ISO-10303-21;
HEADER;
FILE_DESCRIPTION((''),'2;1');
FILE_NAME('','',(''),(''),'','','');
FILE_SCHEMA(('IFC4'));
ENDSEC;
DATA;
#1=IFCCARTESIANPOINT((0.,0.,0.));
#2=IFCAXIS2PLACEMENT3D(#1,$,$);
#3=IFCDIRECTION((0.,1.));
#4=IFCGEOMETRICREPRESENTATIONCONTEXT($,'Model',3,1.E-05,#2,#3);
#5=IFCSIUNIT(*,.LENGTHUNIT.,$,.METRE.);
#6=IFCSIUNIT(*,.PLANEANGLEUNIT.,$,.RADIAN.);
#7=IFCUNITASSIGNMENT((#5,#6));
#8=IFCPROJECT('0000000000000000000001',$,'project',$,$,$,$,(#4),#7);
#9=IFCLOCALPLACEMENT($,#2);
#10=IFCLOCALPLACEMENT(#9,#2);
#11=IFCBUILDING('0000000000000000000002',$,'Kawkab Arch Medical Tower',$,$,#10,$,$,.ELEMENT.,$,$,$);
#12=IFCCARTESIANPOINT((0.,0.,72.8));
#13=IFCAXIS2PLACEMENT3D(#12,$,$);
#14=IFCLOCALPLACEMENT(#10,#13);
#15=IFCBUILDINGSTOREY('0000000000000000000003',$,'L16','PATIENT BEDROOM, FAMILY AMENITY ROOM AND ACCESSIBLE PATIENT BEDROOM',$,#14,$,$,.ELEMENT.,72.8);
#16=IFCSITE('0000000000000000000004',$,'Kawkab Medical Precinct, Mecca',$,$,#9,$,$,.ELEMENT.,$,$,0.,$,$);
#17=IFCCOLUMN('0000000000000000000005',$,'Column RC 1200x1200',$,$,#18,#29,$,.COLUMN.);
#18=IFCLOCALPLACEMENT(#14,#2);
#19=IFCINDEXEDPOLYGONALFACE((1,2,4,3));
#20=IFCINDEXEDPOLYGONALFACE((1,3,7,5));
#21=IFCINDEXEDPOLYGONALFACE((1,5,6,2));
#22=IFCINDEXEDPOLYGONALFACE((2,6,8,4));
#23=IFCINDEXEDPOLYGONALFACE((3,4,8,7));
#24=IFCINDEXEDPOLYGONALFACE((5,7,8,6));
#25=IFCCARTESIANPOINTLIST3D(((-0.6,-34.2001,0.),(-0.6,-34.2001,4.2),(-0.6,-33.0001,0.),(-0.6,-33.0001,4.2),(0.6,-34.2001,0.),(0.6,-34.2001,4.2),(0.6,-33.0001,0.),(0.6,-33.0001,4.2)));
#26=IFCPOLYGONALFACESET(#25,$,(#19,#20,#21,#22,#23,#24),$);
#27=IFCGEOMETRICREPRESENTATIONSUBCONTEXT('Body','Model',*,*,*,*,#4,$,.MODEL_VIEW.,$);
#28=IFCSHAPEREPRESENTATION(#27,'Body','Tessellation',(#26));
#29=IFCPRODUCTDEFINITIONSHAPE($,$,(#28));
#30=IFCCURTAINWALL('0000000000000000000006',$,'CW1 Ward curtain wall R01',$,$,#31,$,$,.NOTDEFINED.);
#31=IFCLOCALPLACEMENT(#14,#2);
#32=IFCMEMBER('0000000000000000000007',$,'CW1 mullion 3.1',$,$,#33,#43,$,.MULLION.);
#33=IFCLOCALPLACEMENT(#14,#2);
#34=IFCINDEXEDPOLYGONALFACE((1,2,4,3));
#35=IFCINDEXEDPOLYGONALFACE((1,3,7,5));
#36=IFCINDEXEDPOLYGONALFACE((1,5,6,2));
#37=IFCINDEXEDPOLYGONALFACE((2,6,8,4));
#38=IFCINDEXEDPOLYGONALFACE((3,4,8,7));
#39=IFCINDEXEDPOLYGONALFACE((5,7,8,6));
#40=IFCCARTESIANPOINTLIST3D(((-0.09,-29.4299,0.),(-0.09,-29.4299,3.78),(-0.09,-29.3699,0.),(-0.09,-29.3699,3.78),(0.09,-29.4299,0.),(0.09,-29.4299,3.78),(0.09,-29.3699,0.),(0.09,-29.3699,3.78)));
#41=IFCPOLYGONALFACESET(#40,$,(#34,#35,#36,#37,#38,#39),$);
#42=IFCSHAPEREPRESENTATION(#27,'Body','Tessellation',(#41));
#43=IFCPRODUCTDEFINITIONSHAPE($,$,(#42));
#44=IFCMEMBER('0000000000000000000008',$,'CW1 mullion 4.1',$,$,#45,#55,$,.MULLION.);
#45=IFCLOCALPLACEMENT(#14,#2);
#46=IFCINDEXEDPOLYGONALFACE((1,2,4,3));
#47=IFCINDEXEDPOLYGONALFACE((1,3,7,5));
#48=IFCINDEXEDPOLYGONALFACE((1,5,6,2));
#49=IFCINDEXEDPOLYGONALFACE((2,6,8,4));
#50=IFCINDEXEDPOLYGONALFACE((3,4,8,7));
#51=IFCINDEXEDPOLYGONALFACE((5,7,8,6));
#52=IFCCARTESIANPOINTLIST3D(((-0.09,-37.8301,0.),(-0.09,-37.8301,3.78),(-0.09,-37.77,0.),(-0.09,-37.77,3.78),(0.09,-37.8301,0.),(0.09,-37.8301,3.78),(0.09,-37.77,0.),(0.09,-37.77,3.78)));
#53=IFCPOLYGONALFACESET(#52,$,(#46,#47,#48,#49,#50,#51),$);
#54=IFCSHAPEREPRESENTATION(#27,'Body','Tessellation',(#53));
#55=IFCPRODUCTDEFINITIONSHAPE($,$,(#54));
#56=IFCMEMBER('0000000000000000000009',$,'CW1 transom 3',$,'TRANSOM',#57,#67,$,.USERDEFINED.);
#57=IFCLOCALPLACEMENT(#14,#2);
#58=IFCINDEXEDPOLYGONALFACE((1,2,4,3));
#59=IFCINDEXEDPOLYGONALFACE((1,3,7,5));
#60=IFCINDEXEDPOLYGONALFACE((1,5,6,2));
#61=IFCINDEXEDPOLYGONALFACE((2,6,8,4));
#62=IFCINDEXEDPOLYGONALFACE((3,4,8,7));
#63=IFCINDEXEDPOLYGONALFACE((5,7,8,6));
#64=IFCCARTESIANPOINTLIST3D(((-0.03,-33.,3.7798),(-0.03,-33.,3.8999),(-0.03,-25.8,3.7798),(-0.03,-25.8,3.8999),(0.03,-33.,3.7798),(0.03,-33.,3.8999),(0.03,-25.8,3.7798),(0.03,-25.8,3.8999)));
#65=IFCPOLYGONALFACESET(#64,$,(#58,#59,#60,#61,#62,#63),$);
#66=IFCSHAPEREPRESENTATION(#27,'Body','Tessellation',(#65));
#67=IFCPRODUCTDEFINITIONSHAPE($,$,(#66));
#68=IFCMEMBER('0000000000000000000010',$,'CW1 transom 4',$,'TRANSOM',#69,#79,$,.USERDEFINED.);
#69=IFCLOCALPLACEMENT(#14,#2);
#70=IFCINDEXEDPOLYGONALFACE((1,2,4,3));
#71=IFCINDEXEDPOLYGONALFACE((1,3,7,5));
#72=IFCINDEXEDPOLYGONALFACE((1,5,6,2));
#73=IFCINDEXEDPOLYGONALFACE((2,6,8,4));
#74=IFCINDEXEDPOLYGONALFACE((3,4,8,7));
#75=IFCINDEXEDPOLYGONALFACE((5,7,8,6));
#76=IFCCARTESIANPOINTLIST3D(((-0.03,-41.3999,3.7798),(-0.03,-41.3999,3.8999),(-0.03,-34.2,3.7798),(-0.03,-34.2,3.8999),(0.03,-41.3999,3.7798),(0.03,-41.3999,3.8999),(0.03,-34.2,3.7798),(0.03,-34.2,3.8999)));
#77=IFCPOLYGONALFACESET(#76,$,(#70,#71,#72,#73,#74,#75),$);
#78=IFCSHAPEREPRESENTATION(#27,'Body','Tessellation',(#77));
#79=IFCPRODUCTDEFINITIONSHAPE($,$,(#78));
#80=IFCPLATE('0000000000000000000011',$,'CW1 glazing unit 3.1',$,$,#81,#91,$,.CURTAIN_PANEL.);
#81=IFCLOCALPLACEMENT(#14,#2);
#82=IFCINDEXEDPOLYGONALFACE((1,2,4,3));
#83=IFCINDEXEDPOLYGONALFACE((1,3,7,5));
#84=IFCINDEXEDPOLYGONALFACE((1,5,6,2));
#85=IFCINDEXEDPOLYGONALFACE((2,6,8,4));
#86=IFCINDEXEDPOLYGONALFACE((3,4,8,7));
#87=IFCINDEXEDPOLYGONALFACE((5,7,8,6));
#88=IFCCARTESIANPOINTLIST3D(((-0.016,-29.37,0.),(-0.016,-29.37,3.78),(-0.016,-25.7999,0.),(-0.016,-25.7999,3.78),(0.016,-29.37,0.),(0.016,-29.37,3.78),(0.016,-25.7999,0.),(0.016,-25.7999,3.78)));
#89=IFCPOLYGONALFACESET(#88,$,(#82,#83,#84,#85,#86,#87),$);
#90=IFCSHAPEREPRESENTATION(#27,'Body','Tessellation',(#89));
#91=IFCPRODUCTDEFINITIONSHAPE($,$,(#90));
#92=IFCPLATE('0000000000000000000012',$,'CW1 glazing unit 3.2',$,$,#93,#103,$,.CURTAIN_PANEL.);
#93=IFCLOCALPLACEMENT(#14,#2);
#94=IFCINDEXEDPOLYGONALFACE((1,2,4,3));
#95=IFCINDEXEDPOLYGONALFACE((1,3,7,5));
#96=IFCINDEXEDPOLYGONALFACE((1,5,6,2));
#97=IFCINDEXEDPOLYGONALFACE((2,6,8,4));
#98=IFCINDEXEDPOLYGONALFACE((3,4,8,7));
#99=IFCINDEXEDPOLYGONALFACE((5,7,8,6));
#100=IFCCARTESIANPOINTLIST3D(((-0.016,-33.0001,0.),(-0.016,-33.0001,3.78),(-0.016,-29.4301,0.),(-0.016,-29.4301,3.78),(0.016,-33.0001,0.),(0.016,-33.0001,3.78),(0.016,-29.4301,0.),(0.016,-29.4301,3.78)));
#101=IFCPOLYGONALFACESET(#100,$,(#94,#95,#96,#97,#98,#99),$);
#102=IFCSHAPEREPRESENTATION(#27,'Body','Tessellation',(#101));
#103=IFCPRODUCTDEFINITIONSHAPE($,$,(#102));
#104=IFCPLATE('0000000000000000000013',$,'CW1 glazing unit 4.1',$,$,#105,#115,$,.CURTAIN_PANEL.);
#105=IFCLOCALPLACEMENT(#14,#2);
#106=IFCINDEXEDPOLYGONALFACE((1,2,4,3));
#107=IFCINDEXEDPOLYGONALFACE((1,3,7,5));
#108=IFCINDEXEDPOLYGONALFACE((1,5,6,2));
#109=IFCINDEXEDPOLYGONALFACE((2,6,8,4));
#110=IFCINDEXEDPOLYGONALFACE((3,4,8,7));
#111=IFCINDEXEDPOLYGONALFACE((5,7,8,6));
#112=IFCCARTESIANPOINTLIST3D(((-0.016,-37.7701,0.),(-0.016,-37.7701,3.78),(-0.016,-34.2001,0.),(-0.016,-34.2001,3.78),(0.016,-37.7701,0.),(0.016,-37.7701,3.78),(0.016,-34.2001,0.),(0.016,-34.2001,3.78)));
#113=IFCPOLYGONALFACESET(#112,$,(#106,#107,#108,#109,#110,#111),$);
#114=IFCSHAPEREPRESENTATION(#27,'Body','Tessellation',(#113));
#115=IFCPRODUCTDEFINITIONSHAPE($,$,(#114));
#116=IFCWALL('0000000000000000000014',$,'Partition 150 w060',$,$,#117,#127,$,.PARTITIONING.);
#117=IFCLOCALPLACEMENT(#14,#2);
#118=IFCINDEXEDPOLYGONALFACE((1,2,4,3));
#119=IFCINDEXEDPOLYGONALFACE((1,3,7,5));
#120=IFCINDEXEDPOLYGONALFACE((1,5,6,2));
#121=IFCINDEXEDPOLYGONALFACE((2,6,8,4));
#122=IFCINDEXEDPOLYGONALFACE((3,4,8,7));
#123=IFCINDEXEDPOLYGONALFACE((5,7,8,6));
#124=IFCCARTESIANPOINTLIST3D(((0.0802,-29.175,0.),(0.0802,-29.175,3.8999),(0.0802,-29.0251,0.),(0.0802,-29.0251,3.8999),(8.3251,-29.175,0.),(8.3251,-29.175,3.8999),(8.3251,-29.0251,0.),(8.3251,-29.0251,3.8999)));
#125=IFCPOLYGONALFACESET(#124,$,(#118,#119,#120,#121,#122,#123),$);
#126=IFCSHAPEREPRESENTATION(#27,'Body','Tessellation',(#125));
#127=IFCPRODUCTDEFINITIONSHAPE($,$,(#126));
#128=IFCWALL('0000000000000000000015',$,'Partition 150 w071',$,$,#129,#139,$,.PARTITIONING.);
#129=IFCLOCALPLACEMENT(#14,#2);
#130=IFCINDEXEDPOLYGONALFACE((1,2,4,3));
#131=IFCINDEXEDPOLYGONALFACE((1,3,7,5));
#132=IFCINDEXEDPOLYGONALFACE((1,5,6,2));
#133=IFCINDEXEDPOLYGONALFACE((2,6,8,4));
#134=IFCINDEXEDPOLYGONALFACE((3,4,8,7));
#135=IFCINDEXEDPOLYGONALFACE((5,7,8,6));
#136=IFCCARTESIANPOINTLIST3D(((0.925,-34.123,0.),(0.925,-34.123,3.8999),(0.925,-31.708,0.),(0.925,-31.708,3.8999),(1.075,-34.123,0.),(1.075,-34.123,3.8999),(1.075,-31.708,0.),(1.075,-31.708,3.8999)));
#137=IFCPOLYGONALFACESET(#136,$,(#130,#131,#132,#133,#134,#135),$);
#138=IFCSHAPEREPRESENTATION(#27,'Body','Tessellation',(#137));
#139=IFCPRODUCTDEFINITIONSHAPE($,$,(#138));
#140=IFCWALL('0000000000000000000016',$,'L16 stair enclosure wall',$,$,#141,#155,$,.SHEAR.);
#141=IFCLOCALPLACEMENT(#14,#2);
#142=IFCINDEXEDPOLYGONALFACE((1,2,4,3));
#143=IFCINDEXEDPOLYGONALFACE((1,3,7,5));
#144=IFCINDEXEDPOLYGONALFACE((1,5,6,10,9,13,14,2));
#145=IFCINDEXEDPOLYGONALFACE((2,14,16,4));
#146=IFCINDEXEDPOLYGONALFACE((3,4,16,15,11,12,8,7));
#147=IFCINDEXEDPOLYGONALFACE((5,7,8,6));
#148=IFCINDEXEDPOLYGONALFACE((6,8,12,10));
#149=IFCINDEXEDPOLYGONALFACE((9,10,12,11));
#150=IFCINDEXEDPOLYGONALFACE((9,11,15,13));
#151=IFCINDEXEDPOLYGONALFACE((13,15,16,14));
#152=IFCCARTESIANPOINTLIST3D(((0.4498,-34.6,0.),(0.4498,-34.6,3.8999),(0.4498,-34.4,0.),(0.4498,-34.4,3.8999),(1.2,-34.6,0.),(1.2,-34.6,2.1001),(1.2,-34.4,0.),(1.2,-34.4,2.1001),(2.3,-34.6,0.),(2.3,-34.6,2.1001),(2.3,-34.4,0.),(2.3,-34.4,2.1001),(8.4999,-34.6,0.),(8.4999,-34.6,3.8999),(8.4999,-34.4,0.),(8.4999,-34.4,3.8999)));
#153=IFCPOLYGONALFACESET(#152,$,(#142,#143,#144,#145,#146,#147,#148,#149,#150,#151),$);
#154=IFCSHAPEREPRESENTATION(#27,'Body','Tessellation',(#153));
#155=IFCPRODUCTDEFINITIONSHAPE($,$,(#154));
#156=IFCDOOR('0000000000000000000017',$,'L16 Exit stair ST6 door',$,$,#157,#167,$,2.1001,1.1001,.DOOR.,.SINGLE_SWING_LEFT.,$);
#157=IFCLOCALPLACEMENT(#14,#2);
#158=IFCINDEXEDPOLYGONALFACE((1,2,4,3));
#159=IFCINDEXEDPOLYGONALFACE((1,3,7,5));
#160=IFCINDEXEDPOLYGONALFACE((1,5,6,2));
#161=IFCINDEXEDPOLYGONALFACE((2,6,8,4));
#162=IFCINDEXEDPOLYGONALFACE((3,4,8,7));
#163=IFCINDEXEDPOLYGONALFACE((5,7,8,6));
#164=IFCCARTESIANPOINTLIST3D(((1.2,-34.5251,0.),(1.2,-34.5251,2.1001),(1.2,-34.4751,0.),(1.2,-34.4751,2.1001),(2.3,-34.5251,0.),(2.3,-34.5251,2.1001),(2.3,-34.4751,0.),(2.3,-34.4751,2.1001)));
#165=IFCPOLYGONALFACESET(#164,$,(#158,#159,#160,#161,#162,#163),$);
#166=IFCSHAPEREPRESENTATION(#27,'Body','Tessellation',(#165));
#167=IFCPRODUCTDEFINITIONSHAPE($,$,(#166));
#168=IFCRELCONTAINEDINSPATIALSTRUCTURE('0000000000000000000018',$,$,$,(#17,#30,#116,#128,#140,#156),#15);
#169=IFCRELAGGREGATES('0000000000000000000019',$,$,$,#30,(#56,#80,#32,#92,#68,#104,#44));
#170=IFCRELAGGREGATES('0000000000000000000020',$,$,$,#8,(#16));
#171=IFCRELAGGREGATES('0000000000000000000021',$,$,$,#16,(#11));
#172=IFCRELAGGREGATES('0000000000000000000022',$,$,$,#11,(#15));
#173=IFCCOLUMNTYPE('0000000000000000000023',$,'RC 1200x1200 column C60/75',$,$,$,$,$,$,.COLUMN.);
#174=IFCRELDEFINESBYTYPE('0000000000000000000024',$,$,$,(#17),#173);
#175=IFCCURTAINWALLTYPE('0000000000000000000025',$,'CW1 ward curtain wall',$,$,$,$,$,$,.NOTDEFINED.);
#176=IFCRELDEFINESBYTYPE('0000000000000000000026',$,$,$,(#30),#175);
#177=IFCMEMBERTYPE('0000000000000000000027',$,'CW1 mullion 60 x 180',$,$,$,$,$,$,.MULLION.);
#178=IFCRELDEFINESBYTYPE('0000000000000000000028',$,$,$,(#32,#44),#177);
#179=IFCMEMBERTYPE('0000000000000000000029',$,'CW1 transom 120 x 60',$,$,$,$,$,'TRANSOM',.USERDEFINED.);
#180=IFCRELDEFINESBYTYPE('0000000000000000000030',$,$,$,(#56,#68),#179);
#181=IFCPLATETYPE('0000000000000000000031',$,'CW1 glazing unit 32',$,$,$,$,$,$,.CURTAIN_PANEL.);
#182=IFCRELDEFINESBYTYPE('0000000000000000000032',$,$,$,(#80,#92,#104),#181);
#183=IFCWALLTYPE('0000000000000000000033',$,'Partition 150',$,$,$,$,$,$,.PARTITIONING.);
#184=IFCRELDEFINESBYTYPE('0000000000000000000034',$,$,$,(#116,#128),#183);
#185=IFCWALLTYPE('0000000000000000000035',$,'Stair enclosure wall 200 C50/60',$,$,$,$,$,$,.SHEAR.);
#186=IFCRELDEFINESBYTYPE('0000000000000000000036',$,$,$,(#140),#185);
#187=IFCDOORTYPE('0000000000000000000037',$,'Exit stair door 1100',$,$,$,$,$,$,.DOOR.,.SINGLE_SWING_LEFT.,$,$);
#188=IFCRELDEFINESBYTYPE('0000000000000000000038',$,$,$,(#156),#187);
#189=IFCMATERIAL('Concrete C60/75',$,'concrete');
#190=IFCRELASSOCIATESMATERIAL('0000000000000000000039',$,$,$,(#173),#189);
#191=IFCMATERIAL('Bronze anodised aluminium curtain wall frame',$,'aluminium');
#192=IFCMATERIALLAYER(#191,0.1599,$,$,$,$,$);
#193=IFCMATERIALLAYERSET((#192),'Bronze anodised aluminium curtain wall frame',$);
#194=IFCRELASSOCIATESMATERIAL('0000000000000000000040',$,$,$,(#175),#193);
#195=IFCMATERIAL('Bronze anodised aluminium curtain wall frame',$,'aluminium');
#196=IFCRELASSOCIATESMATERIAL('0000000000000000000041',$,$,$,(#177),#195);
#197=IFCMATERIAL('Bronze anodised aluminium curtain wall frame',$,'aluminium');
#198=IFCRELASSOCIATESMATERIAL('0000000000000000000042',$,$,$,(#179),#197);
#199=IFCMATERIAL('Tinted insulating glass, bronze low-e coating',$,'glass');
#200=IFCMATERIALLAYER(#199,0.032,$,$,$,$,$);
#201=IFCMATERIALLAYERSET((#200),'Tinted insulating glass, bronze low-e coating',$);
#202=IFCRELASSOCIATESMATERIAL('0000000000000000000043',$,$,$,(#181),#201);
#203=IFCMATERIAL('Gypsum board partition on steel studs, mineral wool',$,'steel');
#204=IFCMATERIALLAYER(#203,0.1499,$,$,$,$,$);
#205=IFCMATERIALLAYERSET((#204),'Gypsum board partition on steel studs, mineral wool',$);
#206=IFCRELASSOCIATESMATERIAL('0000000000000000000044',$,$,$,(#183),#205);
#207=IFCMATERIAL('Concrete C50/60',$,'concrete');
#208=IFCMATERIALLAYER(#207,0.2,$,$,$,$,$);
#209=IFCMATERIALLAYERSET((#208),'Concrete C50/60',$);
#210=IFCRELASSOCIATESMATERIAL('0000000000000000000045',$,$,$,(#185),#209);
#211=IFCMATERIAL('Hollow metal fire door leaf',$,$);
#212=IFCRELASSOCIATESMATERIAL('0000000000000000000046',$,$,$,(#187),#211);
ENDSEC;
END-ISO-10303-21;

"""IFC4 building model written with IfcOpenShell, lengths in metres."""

from ifc_helpers import new_model, si_unit, direction, frame, frame_2d, origin, origin_2d, place, context, subcontext, project, spatial, rectangle, extrude, material, layer, layer_set, material_profile, profile_set, type_object, element, fill, aggregate, save


model = new_model("IFC4")

# Units and contexts
model_context = context("Model", 3, precision=1e-05, world=origin(), true_north=direction((0.0, 1.0)))
body_context = subcontext(model_context, "Body", "Model", "MODEL_VIEW")
ifc_project = project(units=[si_unit("LENGTHUNIT", "METRE"), si_unit("PLANEANGLEUNIT", "RADIAN")], contexts=[model_context])

# Site, building, storey
site_placement = place(None, origin())
site = spatial("IfcSite", under=ifc_project, at=site_placement, Name="Kawkab Medical Precinct, Mecca", CompositionType="ELEMENT", RefElevation=0.0)
building_placement = place(site_placement, origin())
building = spatial("IfcBuilding", under=site, at=building_placement, Name="Kawkab Arch Medical Tower", CompositionType="ELEMENT")
storey_placement = place(building_placement, frame((0.0, 0.0, 72.8)))
storey = spatial("IfcBuildingStorey", under=building, at=storey_placement, Name="L16", Description="PATIENT BEDROOM, FAMILY AMENITY ROOM AND ACCESSIBLE PATIENT BEDROOM", CompositionType="ELEMENT", Elevation=72.8)

# Column
ifc_material_1 = material(Name="Concrete C60/75", Category="concrete")
ifc_material_profile_1 = material_profile(ifc_material_1, rectangle(XDim=1.2, YDim=1.2, at=origin_2d()), Name="RC 1200x1200")
ifc_profile_set_1 = profile_set([ifc_material_profile_1], Name="Concrete C60/75")
column_type = type_object("IfcColumnType", Name="RC 1200x1200 column C60/75", PredefinedType="COLUMN", material=ifc_profile_set_1)
column_placement = place(storey_placement, frame((0.0, -33.6001, 0.0), z_axis=(0.0, 0.0, 1.0), x_axis=(1.0, 0.0, 0.0)))
element("IfcColumn", 1, at=column_placement, inside=storey, type_object=column_type, Name="Column RC 1200x1200", PredefinedType="COLUMN", context=body_context, shape_type="SweptSolid", body=[
    extrude(rectangle(XDim=1.2, YDim=1.2, at=origin_2d()), origin(), (0.0, 0.0, 1.0), 4.2),
])

# Curtain wall, members, plates
ifc_material_2 = material(Name="Bronze anodised aluminium curtain wall frame", Category="aluminium")
ifc_layer_1 = layer(ifc_material_2, 0.1599)
ifc_layer_set_1 = layer_set([ifc_layer_1], Name="Bronze anodised aluminium curtain wall frame")
curtain_wall_type = type_object("IfcCurtainWallType", Name="CW1 ward curtain wall", PredefinedType="NOTDEFINED", material=ifc_layer_set_1)
curtain_wall_placement = place(storey_placement, origin())
curtain_wall = element("IfcCurtainWall", 2, at=curtain_wall_placement, inside=storey, type_object=curtain_wall_type, Name="CW1 Ward curtain wall R01", PredefinedType="NOTDEFINED")
ifc_material_3 = material(Name="Bronze anodised aluminium curtain wall frame", Category="aluminium")
ifc_material_profile_2 = material_profile(ifc_material_3, rectangle(XDim=0.1799, YDim=0.0601, at=origin_2d()), Name="AL 60x180")
ifc_profile_set_2 = profile_set([ifc_material_profile_2], Name="Bronze anodised aluminium curtain wall frame")
member_type_1 = type_object("IfcMemberType", Name="CW1 mullion 60 x 180", PredefinedType="MULLION", material=ifc_profile_set_2)
member_1_placement = place(storey_placement, frame((0.0, -29.3999, 0.0), z_axis=(0.0, 0.0, 1.0), x_axis=(1.0, 0.0, 0.0)))
member_1 = element("IfcMember", 3, at=member_1_placement, type_object=member_type_1, Name="CW1 mullion 3.1", PredefinedType="MULLION", context=body_context, shape_type="SweptSolid", body=[
    extrude(rectangle(XDim=0.1799, YDim=0.0601, at=origin_2d()), origin(), (0.0, 0.0, 1.0), 3.78),
])
member_2_placement = place(storey_placement, frame((0.0, -37.8, 0.0), z_axis=(0.0, 0.0, 1.0), x_axis=(1.0, 0.0, 0.0)))
member_2 = element("IfcMember", 4, at=member_2_placement, type_object=member_type_1, Name="CW1 mullion 4.1", PredefinedType="MULLION", context=body_context, shape_type="SweptSolid", body=[
    extrude(rectangle(XDim=0.1799, YDim=0.0601, at=origin_2d()), origin(), (0.0, 0.0, 1.0), 3.78),
])
ifc_material_4 = material(Name="Bronze anodised aluminium curtain wall frame", Category="aluminium")
ifc_material_profile_3 = material_profile(ifc_material_4, rectangle(XDim=0.0601, YDim=0.1201, at=origin_2d()), Name="AL 60x120")
ifc_profile_set_3 = profile_set([ifc_material_profile_3], Name="Bronze anodised aluminium curtain wall frame")
member_type_2 = type_object("IfcMemberType", Name="CW1 transom 120 x 60", ElementType="TRANSOM", PredefinedType="USERDEFINED", material=ifc_profile_set_3)
member_3_placement = place(storey_placement, frame((0.0, -25.8, 3.8398), z_axis=(0.0, -1.0, 0.0), x_axis=(1.0, 0.0, 0.0)))
member_3 = element("IfcMember", 5, at=member_3_placement, type_object=member_type_2, Name="CW1 transom 3", ObjectType="TRANSOM", PredefinedType="USERDEFINED", context=body_context, shape_type="SweptSolid", body=[
    extrude(rectangle(XDim=0.0601, YDim=0.1201, at=origin_2d()), origin(), (0.0, 0.0, 1.0), 7.2),
])
member_4_placement = place(storey_placement, frame((0.0, -34.2, 3.8398), z_axis=(0.0, -1.0, 0.0), x_axis=(1.0, 0.0, 0.0)))
member_4 = element("IfcMember", 6, at=member_4_placement, type_object=member_type_2, Name="CW1 transom 4", ObjectType="TRANSOM", PredefinedType="USERDEFINED", context=body_context, shape_type="SweptSolid", body=[
    extrude(rectangle(XDim=0.0601, YDim=0.1201, at=origin_2d()), origin(), (0.0, 0.0, 1.0), 7.2),
])
ifc_material_5 = material(Name="Tinted insulating glass, bronze low-e coating", Category="glass")
ifc_layer_2 = layer(ifc_material_5, 0.032)
ifc_layer_set_2 = layer_set([ifc_layer_2], Name="Tinted insulating glass, bronze low-e coating")
plate_type = type_object("IfcPlateType", Name="CW1 glazing unit 32", PredefinedType="CURTAIN_PANEL", material=ifc_layer_set_2)
plate_1_placement = place(storey_placement, frame((0.0, -27.585, 0.0), z_axis=(0.0, 0.0, 1.0), x_axis=(0.0, -1.0, 0.0)))
plate_1 = element("IfcPlate", 7, at=plate_1_placement, type_object=plate_type, Name="CW1 glazing unit 3.1", PredefinedType="CURTAIN_PANEL", context=body_context, shape_type="SweptSolid", body=[
    extrude(rectangle(XDim=3.5701, YDim=0.032, at=origin_2d()), origin(), (0.0, 0.0, 1.0), 3.78),
])
plate_2_placement = place(storey_placement, frame((0.0, -31.2151, 0.0), z_axis=(0.0, 0.0, 1.0), x_axis=(0.0, -1.0, 0.0)))
plate_2 = element("IfcPlate", 8, at=plate_2_placement, type_object=plate_type, Name="CW1 glazing unit 3.2", PredefinedType="CURTAIN_PANEL", context=body_context, shape_type="SweptSolid", body=[
    extrude(rectangle(XDim=3.5701, YDim=0.032, at=origin_2d()), origin(), (0.0, 0.0, 1.0), 3.78),
])
plate_3_placement = place(storey_placement, frame((0.0, -35.9851, 0.0), z_axis=(0.0, 0.0, 1.0), x_axis=(0.0, -1.0, 0.0)))
plate_3 = element("IfcPlate", 9, at=plate_3_placement, type_object=plate_type, Name="CW1 glazing unit 4.1", PredefinedType="CURTAIN_PANEL", context=body_context, shape_type="SweptSolid", body=[
    extrude(rectangle(XDim=3.5701, YDim=0.032, at=origin_2d()), origin(), (0.0, 0.0, 1.0), 3.78),
])
aggregate(curtain_wall, [member_3, plate_1, member_1, plate_2, member_4, plate_3, member_2])

# Walls
ifc_material_6 = material(Name="Gypsum board partition on steel studs, mineral wool", Category="steel")
ifc_layer_3 = layer(ifc_material_6, 0.1499)
ifc_layer_set_3 = layer_set([ifc_layer_3], Name="Gypsum board partition on steel studs, mineral wool")
wall_type_1 = type_object("IfcWallType", Name="Partition 150", PredefinedType="PARTITIONING", material=ifc_layer_set_3)
wall_1_placement = place(storey_placement, frame((0.0801, -29.1001, 0.0), z_axis=(0.0, 0.0, 1.0), x_axis=(1.0, 0.0, 0.0)))
element("IfcWall", 10, at=wall_1_placement, inside=storey, type_object=wall_type_1, Name="Partition 150 w060", PredefinedType="PARTITIONING", context=body_context, shape_type="SweptSolid", body=[
    extrude(rectangle(XDim=8.2449, YDim=0.1499, at=frame_2d((4.1226, 0.0))), origin(), (0.0, 0.0, 1.0), 3.8999),
])
wall_2_placement = place(storey_placement, frame((1.0, -34.123, 0.0), z_axis=(0.0, 0.0, 1.0), x_axis=(0.0, 1.0, 0.0)))
element("IfcWall", 11, at=wall_2_placement, inside=storey, type_object=wall_type_1, Name="Partition 150 w071", PredefinedType="PARTITIONING", context=body_context, shape_type="SweptSolid", body=[
    extrude(rectangle(XDim=2.415, YDim=0.1499, at=frame_2d((1.2075, 0.0))), origin(), (0.0, 0.0, 1.0), 3.8999),
])

# Wall, opening, door
ifc_material_7 = material(Name="Concrete C50/60", Category="concrete")
ifc_layer_4 = layer(ifc_material_7, 0.2)
ifc_layer_set_4 = layer_set([ifc_layer_4], Name="Concrete C50/60")
wall_type_2 = type_object("IfcWallType", Name="Stair enclosure wall 200 C50/60", PredefinedType="SHEAR", material=ifc_layer_set_4)
wall_3_placement = place(storey_placement, frame((0.45, -34.5, 0.0), z_axis=(0.0, 0.0, 1.0), x_axis=(1.0, 0.0, 0.0)))
wall_3 = element("IfcWall", 12, at=wall_3_placement, inside=storey, type_object=wall_type_2, Name="L16 stair enclosure wall", PredefinedType="SHEAR", context=body_context, shape_type="SweptSolid", body=[
    extrude(rectangle(XDim=8.05, YDim=0.2, at=frame_2d((4.0249, 0.0))), origin(), (0.0, 0.0, 1.0), 3.8999),
])
opening_1_placement = place(wall_3_placement, frame((0.75, 0.0, 0.0)))
opening_1 = element("IfcOpeningElement", 13, at=opening_1_placement, cuts=wall_3, PredefinedType="OPENING", context=body_context, shape_type="SweptSolid", body=[
    extrude(rectangle(XDim=1.1001, YDim=2.1001, at=frame_2d((0.55, 1.05))), frame((0.0, 0.1099, 0.0), z_axis=(0.0, -1.0, 0.0), x_axis=(1.0, 0.0, 0.0)), (0.0, 0.0, 1.0), 0.22),
])
ifc_material_8 = material(Name="Hollow metal fire door leaf")
door_type = type_object("IfcDoorType", Name="Exit stair door 1100", OperationType="SINGLE_SWING_LEFT", PredefinedType="DOOR", material=ifc_material_8)
door_1_placement = place(opening_1_placement, origin())
door_1 = element("IfcDoor", 14, at=door_1_placement, inside=storey, type_object=door_type, Name="L16 Exit stair ST6 door", OperationType="SINGLE_SWING_LEFT", OverallHeight=2.1001, OverallWidth=1.1001, PredefinedType="DOOR", context=body_context, shape_type="SweptSolid", body=[
    extrude(rectangle(XDim=1.1001, YDim=2.1001, at=frame_2d((0.55, 1.05))), frame((0.0, 0.0249, 0.0), z_axis=(0.0, -1.0, 0.0), x_axis=(1.0, 0.0, 0.0)), (0.0, 0.0, 1.0), 0.05),
])
fill(opening_1, door_1)

save(model, "model.ifc")
